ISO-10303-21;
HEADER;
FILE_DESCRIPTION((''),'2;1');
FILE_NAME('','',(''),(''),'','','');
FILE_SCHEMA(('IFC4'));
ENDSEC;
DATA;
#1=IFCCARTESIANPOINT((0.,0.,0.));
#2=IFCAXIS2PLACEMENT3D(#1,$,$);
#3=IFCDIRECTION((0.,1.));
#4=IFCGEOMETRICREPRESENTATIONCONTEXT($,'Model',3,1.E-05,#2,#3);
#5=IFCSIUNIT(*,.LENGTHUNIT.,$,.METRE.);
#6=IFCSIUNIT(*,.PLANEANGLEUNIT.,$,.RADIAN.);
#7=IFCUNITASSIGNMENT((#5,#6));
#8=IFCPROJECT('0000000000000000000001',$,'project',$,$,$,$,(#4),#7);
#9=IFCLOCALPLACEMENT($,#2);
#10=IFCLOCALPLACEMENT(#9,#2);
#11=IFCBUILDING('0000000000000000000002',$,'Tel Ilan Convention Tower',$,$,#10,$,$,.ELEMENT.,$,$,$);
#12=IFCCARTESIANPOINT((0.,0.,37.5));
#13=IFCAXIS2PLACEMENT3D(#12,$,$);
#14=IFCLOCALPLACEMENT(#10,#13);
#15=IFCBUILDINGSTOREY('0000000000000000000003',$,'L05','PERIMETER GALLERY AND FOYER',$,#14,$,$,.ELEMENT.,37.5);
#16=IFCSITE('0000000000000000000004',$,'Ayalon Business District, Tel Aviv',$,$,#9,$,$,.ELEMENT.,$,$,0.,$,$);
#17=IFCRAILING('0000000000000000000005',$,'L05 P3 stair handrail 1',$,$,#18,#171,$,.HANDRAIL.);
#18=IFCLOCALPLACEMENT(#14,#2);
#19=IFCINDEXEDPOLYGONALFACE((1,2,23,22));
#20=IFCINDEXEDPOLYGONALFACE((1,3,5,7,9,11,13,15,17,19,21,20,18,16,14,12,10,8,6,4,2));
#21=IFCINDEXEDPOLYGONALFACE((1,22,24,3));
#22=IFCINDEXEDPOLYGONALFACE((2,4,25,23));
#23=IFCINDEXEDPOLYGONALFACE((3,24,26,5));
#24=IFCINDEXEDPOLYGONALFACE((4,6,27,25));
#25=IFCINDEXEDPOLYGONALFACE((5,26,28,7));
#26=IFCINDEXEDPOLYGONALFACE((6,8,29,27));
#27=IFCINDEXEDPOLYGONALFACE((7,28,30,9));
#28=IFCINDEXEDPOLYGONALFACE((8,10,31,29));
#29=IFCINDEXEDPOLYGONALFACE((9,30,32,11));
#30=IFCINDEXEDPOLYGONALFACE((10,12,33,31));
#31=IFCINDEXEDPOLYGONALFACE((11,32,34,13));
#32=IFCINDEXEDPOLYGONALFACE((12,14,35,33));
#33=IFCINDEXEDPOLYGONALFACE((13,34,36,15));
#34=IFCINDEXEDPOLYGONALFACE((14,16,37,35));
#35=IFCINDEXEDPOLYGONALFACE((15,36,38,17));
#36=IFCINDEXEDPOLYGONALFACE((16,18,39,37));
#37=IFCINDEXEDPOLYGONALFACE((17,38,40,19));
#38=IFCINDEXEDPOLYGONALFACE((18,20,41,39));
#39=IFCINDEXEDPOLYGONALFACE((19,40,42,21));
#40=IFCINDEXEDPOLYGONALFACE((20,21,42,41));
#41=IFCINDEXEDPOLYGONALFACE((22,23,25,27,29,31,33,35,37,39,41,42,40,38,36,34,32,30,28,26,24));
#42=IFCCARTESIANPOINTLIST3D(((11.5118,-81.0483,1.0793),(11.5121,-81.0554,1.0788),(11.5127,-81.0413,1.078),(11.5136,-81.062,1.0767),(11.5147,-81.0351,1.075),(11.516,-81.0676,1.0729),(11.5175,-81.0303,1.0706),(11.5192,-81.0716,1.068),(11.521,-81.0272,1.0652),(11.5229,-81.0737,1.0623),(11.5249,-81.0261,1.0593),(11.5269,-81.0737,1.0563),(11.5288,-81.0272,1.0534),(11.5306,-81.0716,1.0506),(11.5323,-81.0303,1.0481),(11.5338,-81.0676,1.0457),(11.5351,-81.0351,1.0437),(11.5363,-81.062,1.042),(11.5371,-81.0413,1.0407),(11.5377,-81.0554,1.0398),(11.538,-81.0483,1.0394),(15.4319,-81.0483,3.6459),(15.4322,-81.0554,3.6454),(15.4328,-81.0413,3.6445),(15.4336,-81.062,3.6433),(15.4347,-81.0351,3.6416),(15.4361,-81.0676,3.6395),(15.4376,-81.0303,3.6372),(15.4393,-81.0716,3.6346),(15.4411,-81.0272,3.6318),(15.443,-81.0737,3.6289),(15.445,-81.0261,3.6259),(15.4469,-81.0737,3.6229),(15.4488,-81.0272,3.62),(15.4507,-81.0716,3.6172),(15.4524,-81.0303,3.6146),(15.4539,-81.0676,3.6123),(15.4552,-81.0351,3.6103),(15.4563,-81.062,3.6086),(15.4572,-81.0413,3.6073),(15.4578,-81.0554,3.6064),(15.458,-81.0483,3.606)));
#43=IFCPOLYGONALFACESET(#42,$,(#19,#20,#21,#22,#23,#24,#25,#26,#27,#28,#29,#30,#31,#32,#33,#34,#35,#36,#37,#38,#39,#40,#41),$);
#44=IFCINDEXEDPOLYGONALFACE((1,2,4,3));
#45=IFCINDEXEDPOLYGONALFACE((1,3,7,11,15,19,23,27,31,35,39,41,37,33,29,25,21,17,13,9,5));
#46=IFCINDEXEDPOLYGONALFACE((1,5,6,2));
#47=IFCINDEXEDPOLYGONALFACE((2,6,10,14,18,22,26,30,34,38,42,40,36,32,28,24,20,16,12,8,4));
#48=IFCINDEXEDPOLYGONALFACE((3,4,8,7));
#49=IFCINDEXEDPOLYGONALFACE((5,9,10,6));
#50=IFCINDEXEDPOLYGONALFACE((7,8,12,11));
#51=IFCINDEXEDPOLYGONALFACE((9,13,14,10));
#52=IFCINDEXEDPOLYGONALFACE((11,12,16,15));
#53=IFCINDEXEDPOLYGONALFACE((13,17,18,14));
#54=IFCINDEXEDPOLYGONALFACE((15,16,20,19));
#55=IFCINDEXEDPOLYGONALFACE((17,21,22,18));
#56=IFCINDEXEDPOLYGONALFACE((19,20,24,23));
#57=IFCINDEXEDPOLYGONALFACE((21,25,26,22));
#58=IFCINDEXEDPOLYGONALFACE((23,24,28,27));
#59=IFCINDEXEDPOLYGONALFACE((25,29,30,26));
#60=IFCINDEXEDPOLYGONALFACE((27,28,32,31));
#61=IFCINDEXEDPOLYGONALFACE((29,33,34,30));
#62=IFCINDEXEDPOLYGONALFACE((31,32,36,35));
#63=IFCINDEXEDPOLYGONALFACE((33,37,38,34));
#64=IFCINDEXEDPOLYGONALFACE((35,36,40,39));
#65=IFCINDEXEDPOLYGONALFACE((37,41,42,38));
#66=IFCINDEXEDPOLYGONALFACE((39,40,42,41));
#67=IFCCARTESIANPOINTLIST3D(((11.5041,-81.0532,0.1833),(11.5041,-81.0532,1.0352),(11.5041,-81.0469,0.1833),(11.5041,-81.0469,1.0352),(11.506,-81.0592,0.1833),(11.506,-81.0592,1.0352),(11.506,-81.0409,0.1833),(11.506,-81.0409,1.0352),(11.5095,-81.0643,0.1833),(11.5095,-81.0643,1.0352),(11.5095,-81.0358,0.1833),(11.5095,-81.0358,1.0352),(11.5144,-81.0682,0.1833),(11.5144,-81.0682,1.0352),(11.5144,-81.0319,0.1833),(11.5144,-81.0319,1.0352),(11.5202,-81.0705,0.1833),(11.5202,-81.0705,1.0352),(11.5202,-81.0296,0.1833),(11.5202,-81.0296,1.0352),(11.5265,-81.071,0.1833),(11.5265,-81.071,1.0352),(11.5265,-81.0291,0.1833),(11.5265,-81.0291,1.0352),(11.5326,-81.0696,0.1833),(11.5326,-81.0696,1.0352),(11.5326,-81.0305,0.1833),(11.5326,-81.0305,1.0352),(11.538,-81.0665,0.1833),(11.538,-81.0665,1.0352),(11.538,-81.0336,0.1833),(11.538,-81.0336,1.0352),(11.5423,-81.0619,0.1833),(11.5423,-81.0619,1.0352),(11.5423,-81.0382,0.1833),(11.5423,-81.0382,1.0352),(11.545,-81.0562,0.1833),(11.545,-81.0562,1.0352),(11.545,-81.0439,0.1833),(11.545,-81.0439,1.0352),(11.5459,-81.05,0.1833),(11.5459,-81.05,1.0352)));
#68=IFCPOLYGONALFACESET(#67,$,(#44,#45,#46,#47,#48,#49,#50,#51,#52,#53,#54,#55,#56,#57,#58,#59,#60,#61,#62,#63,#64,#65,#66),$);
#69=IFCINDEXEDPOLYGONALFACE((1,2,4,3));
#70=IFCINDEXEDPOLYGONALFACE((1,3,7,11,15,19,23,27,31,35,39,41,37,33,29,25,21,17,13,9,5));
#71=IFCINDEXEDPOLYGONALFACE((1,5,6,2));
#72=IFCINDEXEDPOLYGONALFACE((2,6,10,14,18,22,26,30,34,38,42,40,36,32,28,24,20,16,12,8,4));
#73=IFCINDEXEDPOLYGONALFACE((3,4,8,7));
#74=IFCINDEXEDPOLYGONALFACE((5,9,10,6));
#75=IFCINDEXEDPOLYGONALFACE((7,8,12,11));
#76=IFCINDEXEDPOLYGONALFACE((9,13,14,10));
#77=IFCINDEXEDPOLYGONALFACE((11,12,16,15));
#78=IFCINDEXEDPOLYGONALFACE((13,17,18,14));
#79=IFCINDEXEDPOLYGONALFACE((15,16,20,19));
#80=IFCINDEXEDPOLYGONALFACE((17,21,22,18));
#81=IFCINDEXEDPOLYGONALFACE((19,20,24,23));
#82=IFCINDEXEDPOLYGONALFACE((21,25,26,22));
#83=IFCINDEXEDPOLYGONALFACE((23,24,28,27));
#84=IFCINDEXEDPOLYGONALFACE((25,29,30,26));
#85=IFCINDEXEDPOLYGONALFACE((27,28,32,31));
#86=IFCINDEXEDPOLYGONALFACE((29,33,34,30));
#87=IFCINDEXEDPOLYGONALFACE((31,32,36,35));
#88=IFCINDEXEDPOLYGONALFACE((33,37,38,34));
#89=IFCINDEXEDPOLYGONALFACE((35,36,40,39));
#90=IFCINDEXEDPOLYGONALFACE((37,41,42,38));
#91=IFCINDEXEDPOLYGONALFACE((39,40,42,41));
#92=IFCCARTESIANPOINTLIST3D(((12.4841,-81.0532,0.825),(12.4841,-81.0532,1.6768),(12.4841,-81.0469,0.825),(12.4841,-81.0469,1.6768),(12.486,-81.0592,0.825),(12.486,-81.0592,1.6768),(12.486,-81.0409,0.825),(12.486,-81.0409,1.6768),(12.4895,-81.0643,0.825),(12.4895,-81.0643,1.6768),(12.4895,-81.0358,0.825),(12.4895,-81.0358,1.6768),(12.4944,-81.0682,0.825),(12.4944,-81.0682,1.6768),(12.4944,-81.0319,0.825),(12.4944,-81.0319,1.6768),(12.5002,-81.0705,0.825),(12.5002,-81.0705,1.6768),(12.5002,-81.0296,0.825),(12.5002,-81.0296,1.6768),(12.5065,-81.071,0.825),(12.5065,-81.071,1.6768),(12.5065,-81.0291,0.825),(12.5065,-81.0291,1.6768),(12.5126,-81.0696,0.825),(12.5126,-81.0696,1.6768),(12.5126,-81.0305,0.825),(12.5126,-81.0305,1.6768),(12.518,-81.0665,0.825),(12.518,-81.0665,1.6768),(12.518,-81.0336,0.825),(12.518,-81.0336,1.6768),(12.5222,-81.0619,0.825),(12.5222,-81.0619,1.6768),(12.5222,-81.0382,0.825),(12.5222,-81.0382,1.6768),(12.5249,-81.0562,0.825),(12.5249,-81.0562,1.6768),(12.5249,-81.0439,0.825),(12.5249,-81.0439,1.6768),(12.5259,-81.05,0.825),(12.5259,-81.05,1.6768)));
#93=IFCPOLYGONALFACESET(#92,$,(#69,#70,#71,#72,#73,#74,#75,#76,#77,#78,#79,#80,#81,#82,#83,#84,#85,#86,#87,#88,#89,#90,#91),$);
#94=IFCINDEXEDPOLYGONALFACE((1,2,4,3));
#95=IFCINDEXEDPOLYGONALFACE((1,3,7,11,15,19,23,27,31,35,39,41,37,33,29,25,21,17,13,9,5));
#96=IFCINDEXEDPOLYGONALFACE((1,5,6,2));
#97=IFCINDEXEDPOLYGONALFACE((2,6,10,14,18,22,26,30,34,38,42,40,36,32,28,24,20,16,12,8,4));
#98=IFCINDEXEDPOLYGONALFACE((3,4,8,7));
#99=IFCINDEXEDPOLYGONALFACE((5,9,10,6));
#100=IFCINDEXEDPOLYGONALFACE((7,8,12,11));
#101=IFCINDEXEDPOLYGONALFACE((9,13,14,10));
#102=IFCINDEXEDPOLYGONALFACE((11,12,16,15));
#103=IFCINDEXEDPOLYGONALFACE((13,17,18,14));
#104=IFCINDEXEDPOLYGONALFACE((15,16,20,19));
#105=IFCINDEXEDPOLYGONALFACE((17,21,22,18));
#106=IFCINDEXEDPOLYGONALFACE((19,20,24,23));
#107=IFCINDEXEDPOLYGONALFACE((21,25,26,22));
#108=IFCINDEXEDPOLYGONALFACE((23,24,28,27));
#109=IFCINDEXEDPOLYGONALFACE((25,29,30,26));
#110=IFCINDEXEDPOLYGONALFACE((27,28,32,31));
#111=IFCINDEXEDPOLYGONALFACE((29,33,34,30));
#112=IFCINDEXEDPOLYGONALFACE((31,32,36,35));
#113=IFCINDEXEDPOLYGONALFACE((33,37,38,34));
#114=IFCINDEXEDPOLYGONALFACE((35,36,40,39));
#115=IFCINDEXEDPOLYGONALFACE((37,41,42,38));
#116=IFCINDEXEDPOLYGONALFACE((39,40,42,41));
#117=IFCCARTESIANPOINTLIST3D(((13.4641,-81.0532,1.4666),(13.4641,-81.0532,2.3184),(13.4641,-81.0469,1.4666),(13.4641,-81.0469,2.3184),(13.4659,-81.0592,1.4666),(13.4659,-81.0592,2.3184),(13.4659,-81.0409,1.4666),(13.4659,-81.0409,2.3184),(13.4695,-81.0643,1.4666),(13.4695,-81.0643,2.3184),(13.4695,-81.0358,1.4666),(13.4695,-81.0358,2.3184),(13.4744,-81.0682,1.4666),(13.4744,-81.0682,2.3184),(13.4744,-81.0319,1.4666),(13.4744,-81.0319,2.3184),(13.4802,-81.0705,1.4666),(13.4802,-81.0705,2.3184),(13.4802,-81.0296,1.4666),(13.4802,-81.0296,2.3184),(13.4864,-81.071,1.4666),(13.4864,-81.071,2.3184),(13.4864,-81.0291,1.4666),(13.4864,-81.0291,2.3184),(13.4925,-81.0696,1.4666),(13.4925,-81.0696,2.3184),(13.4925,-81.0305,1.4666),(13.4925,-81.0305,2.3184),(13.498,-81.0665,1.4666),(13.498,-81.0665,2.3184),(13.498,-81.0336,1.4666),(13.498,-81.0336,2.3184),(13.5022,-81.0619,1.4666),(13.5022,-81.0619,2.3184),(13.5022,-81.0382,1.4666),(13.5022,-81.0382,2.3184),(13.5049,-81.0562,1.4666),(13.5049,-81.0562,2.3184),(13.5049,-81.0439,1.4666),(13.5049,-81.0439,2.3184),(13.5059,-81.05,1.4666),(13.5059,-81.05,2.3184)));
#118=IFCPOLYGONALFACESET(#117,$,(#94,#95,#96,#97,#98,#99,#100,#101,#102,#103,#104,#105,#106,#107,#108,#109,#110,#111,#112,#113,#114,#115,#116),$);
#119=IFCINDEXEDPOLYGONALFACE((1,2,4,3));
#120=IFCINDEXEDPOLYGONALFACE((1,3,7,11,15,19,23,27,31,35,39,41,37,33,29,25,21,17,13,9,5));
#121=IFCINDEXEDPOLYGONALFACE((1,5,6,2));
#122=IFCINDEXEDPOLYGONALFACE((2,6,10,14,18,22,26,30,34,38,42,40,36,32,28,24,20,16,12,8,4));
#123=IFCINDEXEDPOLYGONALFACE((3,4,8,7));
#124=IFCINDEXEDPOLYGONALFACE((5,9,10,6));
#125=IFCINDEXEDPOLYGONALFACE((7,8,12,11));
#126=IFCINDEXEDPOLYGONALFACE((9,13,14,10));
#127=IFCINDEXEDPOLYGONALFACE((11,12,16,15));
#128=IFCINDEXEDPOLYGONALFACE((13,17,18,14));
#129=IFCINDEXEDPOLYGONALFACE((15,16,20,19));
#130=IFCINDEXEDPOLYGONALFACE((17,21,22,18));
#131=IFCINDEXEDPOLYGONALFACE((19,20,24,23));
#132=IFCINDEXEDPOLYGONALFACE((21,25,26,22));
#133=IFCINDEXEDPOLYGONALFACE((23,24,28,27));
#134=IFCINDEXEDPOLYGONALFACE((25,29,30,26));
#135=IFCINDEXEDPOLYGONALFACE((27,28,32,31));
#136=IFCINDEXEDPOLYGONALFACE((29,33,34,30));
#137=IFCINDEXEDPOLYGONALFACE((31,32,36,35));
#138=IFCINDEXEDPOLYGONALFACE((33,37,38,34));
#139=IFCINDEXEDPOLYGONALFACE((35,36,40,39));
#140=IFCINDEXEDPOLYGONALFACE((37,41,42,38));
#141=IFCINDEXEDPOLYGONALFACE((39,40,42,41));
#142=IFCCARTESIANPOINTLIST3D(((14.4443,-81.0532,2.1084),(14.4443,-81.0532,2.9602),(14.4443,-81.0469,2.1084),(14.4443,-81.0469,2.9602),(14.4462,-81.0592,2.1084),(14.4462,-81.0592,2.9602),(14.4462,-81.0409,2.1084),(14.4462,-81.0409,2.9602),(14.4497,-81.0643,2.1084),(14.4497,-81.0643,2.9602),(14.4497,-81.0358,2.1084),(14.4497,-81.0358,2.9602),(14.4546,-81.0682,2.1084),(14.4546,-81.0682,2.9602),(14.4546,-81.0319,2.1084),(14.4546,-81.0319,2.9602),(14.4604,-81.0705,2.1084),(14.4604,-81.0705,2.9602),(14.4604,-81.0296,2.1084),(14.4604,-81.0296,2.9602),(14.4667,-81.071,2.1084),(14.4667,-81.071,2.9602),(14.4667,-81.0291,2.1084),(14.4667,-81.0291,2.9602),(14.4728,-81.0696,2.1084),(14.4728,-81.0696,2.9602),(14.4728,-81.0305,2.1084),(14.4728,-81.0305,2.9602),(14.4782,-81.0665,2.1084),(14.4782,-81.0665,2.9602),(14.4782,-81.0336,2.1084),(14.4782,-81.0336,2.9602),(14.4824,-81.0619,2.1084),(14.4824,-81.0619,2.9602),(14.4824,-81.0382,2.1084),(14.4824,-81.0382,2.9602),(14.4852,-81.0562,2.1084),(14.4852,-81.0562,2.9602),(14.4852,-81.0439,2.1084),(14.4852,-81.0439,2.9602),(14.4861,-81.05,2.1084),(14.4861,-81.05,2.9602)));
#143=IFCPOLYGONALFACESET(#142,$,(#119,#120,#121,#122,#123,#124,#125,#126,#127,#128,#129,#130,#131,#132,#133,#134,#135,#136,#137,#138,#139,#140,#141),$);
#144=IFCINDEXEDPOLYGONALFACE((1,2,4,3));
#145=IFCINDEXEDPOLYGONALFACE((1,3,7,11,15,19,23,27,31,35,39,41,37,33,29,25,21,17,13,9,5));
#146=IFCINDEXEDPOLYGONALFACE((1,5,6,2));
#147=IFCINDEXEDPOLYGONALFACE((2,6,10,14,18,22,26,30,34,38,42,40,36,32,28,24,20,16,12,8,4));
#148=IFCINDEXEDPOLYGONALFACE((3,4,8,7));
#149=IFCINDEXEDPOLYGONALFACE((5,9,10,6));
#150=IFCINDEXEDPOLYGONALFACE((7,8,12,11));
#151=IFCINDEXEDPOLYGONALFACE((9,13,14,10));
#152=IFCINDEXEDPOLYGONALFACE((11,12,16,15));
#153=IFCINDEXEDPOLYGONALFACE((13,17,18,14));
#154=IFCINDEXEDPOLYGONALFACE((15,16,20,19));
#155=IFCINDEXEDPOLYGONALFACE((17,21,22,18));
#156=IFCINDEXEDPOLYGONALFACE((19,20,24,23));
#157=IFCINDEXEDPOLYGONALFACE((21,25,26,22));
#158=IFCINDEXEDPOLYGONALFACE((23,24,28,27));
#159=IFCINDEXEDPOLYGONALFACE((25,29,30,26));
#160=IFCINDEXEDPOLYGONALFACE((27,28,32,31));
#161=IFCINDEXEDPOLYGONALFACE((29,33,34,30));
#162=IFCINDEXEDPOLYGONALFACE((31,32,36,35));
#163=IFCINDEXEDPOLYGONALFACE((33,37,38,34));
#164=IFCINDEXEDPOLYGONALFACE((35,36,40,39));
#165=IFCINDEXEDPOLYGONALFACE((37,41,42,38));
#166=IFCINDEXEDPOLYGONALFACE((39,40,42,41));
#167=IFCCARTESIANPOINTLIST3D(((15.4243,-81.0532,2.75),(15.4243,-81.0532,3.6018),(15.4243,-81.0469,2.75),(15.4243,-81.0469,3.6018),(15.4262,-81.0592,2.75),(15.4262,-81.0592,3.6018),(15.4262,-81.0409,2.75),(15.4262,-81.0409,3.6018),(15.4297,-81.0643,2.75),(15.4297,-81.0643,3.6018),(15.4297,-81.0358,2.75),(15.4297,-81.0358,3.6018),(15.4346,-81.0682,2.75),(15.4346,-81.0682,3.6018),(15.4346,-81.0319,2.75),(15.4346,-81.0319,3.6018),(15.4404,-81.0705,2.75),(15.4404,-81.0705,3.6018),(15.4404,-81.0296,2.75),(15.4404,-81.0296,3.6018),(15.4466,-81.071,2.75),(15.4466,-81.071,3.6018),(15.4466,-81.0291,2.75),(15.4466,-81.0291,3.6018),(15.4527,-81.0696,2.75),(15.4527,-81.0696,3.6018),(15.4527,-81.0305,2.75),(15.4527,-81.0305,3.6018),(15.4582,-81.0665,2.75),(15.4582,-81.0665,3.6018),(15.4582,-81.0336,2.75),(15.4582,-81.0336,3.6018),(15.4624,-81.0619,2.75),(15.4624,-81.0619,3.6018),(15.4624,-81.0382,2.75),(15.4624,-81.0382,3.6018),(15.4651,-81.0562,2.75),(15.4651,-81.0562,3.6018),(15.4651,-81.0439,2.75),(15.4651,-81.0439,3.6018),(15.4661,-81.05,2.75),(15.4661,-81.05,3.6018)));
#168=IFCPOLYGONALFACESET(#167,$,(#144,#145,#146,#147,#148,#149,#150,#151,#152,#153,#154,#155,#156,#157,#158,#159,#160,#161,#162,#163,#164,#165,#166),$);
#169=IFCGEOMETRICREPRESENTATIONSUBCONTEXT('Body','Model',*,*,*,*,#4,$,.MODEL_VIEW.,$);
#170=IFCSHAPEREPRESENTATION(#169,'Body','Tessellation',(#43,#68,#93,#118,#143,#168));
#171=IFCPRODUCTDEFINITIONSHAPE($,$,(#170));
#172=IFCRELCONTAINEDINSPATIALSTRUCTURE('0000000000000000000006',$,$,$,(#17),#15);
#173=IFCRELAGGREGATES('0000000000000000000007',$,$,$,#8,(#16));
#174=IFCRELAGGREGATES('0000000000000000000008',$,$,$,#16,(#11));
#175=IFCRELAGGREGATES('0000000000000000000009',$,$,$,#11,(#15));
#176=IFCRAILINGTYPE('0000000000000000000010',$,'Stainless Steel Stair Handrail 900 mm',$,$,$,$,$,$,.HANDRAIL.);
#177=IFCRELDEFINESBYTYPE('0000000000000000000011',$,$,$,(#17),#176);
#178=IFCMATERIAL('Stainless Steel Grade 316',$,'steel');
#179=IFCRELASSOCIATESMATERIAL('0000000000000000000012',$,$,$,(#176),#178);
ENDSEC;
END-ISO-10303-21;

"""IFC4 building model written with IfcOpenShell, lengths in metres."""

from ifc_helpers import new_model, si_unit, direction, frame, origin, origin_2d, place, context, subcontext, project, spatial, circle, extrude, material, type_object, element, save


model = new_model("IFC4")

# Units and contexts
model_context = context("Model", 3, precision=1e-05, world=origin(), true_north=direction((0.0, 1.0)))
body_context = subcontext(model_context, "Body", "Model", "MODEL_VIEW")
ifc_project = project(units=[si_unit("LENGTHUNIT", "METRE"), si_unit("PLANEANGLEUNIT", "RADIAN")], contexts=[model_context])

# Site, building, storey
site_placement = place(None, origin())
site = spatial("IfcSite", under=ifc_project, at=site_placement, Name="Ayalon Business District, Tel Aviv", CompositionType="ELEMENT", RefElevation=0.0)
building_placement = place(site_placement, origin())
building = spatial("IfcBuilding", under=site, at=building_placement, Name="Tel Ilan Convention Tower", CompositionType="ELEMENT")
storey_placement = place(building_placement, frame((0.0, 0.0, 37.5)))
storey = spatial("IfcBuildingStorey", under=building, at=storey_placement, Name="L05", Description="PERIMETER GALLERY AND FOYER", CompositionType="ELEMENT", Elevation=37.5)

# Railing
ifc_material_1 = material(Name="Stainless Steel Grade 316", Category="steel")
railing_type = type_object("IfcRailingType", Name="Stainless Steel Stair Handrail 900 mm", PredefinedType="HANDRAIL", material=ifc_material_1)
railing_placement = place(storey_placement, frame((11.5249, -81.05, 0.1833)))
element("IfcRailing", 1, at=railing_placement, inside=storey, type_object=railing_type, Name="L05 P3 stair handrail 1", PredefinedType="HANDRAIL", context=body_context, shape_type="SweptSolid", body=[
    extrude(circle(Radius=0.0239, at=origin_2d()), frame((0.0, 0.0, 0.876), z_axis=(0.836631, 0.0, 0.547767), x_axis=(0.0, 1.0, 0.0)), (0.0, 0.0, 1.0), 4.6855),
    extrude(circle(Radius=0.021, at=origin_2d()), origin(), (0.0, 0.0, 1.0), 0.8518),
    extrude(circle(Radius=0.021, at=origin_2d()), frame((0.98, 0.0, 0.6416)), (0.0, 0.0, 1.0), 0.8518),
    extrude(circle(Radius=0.021, at=origin_2d()), frame((1.96, 0.0, 1.2832)), (0.0, 0.0, 1.0), 0.8518),
    extrude(circle(Radius=0.021, at=origin_2d()), frame((2.9402, 0.0, 1.925)), (0.0, 0.0, 1.0), 0.8518),
    extrude(circle(Radius=0.021, at=origin_2d()), frame((3.9202, 0.0, 2.5667)), (0.0, 0.0, 1.0), 0.8518),
])

save(model, "model.ifc")
